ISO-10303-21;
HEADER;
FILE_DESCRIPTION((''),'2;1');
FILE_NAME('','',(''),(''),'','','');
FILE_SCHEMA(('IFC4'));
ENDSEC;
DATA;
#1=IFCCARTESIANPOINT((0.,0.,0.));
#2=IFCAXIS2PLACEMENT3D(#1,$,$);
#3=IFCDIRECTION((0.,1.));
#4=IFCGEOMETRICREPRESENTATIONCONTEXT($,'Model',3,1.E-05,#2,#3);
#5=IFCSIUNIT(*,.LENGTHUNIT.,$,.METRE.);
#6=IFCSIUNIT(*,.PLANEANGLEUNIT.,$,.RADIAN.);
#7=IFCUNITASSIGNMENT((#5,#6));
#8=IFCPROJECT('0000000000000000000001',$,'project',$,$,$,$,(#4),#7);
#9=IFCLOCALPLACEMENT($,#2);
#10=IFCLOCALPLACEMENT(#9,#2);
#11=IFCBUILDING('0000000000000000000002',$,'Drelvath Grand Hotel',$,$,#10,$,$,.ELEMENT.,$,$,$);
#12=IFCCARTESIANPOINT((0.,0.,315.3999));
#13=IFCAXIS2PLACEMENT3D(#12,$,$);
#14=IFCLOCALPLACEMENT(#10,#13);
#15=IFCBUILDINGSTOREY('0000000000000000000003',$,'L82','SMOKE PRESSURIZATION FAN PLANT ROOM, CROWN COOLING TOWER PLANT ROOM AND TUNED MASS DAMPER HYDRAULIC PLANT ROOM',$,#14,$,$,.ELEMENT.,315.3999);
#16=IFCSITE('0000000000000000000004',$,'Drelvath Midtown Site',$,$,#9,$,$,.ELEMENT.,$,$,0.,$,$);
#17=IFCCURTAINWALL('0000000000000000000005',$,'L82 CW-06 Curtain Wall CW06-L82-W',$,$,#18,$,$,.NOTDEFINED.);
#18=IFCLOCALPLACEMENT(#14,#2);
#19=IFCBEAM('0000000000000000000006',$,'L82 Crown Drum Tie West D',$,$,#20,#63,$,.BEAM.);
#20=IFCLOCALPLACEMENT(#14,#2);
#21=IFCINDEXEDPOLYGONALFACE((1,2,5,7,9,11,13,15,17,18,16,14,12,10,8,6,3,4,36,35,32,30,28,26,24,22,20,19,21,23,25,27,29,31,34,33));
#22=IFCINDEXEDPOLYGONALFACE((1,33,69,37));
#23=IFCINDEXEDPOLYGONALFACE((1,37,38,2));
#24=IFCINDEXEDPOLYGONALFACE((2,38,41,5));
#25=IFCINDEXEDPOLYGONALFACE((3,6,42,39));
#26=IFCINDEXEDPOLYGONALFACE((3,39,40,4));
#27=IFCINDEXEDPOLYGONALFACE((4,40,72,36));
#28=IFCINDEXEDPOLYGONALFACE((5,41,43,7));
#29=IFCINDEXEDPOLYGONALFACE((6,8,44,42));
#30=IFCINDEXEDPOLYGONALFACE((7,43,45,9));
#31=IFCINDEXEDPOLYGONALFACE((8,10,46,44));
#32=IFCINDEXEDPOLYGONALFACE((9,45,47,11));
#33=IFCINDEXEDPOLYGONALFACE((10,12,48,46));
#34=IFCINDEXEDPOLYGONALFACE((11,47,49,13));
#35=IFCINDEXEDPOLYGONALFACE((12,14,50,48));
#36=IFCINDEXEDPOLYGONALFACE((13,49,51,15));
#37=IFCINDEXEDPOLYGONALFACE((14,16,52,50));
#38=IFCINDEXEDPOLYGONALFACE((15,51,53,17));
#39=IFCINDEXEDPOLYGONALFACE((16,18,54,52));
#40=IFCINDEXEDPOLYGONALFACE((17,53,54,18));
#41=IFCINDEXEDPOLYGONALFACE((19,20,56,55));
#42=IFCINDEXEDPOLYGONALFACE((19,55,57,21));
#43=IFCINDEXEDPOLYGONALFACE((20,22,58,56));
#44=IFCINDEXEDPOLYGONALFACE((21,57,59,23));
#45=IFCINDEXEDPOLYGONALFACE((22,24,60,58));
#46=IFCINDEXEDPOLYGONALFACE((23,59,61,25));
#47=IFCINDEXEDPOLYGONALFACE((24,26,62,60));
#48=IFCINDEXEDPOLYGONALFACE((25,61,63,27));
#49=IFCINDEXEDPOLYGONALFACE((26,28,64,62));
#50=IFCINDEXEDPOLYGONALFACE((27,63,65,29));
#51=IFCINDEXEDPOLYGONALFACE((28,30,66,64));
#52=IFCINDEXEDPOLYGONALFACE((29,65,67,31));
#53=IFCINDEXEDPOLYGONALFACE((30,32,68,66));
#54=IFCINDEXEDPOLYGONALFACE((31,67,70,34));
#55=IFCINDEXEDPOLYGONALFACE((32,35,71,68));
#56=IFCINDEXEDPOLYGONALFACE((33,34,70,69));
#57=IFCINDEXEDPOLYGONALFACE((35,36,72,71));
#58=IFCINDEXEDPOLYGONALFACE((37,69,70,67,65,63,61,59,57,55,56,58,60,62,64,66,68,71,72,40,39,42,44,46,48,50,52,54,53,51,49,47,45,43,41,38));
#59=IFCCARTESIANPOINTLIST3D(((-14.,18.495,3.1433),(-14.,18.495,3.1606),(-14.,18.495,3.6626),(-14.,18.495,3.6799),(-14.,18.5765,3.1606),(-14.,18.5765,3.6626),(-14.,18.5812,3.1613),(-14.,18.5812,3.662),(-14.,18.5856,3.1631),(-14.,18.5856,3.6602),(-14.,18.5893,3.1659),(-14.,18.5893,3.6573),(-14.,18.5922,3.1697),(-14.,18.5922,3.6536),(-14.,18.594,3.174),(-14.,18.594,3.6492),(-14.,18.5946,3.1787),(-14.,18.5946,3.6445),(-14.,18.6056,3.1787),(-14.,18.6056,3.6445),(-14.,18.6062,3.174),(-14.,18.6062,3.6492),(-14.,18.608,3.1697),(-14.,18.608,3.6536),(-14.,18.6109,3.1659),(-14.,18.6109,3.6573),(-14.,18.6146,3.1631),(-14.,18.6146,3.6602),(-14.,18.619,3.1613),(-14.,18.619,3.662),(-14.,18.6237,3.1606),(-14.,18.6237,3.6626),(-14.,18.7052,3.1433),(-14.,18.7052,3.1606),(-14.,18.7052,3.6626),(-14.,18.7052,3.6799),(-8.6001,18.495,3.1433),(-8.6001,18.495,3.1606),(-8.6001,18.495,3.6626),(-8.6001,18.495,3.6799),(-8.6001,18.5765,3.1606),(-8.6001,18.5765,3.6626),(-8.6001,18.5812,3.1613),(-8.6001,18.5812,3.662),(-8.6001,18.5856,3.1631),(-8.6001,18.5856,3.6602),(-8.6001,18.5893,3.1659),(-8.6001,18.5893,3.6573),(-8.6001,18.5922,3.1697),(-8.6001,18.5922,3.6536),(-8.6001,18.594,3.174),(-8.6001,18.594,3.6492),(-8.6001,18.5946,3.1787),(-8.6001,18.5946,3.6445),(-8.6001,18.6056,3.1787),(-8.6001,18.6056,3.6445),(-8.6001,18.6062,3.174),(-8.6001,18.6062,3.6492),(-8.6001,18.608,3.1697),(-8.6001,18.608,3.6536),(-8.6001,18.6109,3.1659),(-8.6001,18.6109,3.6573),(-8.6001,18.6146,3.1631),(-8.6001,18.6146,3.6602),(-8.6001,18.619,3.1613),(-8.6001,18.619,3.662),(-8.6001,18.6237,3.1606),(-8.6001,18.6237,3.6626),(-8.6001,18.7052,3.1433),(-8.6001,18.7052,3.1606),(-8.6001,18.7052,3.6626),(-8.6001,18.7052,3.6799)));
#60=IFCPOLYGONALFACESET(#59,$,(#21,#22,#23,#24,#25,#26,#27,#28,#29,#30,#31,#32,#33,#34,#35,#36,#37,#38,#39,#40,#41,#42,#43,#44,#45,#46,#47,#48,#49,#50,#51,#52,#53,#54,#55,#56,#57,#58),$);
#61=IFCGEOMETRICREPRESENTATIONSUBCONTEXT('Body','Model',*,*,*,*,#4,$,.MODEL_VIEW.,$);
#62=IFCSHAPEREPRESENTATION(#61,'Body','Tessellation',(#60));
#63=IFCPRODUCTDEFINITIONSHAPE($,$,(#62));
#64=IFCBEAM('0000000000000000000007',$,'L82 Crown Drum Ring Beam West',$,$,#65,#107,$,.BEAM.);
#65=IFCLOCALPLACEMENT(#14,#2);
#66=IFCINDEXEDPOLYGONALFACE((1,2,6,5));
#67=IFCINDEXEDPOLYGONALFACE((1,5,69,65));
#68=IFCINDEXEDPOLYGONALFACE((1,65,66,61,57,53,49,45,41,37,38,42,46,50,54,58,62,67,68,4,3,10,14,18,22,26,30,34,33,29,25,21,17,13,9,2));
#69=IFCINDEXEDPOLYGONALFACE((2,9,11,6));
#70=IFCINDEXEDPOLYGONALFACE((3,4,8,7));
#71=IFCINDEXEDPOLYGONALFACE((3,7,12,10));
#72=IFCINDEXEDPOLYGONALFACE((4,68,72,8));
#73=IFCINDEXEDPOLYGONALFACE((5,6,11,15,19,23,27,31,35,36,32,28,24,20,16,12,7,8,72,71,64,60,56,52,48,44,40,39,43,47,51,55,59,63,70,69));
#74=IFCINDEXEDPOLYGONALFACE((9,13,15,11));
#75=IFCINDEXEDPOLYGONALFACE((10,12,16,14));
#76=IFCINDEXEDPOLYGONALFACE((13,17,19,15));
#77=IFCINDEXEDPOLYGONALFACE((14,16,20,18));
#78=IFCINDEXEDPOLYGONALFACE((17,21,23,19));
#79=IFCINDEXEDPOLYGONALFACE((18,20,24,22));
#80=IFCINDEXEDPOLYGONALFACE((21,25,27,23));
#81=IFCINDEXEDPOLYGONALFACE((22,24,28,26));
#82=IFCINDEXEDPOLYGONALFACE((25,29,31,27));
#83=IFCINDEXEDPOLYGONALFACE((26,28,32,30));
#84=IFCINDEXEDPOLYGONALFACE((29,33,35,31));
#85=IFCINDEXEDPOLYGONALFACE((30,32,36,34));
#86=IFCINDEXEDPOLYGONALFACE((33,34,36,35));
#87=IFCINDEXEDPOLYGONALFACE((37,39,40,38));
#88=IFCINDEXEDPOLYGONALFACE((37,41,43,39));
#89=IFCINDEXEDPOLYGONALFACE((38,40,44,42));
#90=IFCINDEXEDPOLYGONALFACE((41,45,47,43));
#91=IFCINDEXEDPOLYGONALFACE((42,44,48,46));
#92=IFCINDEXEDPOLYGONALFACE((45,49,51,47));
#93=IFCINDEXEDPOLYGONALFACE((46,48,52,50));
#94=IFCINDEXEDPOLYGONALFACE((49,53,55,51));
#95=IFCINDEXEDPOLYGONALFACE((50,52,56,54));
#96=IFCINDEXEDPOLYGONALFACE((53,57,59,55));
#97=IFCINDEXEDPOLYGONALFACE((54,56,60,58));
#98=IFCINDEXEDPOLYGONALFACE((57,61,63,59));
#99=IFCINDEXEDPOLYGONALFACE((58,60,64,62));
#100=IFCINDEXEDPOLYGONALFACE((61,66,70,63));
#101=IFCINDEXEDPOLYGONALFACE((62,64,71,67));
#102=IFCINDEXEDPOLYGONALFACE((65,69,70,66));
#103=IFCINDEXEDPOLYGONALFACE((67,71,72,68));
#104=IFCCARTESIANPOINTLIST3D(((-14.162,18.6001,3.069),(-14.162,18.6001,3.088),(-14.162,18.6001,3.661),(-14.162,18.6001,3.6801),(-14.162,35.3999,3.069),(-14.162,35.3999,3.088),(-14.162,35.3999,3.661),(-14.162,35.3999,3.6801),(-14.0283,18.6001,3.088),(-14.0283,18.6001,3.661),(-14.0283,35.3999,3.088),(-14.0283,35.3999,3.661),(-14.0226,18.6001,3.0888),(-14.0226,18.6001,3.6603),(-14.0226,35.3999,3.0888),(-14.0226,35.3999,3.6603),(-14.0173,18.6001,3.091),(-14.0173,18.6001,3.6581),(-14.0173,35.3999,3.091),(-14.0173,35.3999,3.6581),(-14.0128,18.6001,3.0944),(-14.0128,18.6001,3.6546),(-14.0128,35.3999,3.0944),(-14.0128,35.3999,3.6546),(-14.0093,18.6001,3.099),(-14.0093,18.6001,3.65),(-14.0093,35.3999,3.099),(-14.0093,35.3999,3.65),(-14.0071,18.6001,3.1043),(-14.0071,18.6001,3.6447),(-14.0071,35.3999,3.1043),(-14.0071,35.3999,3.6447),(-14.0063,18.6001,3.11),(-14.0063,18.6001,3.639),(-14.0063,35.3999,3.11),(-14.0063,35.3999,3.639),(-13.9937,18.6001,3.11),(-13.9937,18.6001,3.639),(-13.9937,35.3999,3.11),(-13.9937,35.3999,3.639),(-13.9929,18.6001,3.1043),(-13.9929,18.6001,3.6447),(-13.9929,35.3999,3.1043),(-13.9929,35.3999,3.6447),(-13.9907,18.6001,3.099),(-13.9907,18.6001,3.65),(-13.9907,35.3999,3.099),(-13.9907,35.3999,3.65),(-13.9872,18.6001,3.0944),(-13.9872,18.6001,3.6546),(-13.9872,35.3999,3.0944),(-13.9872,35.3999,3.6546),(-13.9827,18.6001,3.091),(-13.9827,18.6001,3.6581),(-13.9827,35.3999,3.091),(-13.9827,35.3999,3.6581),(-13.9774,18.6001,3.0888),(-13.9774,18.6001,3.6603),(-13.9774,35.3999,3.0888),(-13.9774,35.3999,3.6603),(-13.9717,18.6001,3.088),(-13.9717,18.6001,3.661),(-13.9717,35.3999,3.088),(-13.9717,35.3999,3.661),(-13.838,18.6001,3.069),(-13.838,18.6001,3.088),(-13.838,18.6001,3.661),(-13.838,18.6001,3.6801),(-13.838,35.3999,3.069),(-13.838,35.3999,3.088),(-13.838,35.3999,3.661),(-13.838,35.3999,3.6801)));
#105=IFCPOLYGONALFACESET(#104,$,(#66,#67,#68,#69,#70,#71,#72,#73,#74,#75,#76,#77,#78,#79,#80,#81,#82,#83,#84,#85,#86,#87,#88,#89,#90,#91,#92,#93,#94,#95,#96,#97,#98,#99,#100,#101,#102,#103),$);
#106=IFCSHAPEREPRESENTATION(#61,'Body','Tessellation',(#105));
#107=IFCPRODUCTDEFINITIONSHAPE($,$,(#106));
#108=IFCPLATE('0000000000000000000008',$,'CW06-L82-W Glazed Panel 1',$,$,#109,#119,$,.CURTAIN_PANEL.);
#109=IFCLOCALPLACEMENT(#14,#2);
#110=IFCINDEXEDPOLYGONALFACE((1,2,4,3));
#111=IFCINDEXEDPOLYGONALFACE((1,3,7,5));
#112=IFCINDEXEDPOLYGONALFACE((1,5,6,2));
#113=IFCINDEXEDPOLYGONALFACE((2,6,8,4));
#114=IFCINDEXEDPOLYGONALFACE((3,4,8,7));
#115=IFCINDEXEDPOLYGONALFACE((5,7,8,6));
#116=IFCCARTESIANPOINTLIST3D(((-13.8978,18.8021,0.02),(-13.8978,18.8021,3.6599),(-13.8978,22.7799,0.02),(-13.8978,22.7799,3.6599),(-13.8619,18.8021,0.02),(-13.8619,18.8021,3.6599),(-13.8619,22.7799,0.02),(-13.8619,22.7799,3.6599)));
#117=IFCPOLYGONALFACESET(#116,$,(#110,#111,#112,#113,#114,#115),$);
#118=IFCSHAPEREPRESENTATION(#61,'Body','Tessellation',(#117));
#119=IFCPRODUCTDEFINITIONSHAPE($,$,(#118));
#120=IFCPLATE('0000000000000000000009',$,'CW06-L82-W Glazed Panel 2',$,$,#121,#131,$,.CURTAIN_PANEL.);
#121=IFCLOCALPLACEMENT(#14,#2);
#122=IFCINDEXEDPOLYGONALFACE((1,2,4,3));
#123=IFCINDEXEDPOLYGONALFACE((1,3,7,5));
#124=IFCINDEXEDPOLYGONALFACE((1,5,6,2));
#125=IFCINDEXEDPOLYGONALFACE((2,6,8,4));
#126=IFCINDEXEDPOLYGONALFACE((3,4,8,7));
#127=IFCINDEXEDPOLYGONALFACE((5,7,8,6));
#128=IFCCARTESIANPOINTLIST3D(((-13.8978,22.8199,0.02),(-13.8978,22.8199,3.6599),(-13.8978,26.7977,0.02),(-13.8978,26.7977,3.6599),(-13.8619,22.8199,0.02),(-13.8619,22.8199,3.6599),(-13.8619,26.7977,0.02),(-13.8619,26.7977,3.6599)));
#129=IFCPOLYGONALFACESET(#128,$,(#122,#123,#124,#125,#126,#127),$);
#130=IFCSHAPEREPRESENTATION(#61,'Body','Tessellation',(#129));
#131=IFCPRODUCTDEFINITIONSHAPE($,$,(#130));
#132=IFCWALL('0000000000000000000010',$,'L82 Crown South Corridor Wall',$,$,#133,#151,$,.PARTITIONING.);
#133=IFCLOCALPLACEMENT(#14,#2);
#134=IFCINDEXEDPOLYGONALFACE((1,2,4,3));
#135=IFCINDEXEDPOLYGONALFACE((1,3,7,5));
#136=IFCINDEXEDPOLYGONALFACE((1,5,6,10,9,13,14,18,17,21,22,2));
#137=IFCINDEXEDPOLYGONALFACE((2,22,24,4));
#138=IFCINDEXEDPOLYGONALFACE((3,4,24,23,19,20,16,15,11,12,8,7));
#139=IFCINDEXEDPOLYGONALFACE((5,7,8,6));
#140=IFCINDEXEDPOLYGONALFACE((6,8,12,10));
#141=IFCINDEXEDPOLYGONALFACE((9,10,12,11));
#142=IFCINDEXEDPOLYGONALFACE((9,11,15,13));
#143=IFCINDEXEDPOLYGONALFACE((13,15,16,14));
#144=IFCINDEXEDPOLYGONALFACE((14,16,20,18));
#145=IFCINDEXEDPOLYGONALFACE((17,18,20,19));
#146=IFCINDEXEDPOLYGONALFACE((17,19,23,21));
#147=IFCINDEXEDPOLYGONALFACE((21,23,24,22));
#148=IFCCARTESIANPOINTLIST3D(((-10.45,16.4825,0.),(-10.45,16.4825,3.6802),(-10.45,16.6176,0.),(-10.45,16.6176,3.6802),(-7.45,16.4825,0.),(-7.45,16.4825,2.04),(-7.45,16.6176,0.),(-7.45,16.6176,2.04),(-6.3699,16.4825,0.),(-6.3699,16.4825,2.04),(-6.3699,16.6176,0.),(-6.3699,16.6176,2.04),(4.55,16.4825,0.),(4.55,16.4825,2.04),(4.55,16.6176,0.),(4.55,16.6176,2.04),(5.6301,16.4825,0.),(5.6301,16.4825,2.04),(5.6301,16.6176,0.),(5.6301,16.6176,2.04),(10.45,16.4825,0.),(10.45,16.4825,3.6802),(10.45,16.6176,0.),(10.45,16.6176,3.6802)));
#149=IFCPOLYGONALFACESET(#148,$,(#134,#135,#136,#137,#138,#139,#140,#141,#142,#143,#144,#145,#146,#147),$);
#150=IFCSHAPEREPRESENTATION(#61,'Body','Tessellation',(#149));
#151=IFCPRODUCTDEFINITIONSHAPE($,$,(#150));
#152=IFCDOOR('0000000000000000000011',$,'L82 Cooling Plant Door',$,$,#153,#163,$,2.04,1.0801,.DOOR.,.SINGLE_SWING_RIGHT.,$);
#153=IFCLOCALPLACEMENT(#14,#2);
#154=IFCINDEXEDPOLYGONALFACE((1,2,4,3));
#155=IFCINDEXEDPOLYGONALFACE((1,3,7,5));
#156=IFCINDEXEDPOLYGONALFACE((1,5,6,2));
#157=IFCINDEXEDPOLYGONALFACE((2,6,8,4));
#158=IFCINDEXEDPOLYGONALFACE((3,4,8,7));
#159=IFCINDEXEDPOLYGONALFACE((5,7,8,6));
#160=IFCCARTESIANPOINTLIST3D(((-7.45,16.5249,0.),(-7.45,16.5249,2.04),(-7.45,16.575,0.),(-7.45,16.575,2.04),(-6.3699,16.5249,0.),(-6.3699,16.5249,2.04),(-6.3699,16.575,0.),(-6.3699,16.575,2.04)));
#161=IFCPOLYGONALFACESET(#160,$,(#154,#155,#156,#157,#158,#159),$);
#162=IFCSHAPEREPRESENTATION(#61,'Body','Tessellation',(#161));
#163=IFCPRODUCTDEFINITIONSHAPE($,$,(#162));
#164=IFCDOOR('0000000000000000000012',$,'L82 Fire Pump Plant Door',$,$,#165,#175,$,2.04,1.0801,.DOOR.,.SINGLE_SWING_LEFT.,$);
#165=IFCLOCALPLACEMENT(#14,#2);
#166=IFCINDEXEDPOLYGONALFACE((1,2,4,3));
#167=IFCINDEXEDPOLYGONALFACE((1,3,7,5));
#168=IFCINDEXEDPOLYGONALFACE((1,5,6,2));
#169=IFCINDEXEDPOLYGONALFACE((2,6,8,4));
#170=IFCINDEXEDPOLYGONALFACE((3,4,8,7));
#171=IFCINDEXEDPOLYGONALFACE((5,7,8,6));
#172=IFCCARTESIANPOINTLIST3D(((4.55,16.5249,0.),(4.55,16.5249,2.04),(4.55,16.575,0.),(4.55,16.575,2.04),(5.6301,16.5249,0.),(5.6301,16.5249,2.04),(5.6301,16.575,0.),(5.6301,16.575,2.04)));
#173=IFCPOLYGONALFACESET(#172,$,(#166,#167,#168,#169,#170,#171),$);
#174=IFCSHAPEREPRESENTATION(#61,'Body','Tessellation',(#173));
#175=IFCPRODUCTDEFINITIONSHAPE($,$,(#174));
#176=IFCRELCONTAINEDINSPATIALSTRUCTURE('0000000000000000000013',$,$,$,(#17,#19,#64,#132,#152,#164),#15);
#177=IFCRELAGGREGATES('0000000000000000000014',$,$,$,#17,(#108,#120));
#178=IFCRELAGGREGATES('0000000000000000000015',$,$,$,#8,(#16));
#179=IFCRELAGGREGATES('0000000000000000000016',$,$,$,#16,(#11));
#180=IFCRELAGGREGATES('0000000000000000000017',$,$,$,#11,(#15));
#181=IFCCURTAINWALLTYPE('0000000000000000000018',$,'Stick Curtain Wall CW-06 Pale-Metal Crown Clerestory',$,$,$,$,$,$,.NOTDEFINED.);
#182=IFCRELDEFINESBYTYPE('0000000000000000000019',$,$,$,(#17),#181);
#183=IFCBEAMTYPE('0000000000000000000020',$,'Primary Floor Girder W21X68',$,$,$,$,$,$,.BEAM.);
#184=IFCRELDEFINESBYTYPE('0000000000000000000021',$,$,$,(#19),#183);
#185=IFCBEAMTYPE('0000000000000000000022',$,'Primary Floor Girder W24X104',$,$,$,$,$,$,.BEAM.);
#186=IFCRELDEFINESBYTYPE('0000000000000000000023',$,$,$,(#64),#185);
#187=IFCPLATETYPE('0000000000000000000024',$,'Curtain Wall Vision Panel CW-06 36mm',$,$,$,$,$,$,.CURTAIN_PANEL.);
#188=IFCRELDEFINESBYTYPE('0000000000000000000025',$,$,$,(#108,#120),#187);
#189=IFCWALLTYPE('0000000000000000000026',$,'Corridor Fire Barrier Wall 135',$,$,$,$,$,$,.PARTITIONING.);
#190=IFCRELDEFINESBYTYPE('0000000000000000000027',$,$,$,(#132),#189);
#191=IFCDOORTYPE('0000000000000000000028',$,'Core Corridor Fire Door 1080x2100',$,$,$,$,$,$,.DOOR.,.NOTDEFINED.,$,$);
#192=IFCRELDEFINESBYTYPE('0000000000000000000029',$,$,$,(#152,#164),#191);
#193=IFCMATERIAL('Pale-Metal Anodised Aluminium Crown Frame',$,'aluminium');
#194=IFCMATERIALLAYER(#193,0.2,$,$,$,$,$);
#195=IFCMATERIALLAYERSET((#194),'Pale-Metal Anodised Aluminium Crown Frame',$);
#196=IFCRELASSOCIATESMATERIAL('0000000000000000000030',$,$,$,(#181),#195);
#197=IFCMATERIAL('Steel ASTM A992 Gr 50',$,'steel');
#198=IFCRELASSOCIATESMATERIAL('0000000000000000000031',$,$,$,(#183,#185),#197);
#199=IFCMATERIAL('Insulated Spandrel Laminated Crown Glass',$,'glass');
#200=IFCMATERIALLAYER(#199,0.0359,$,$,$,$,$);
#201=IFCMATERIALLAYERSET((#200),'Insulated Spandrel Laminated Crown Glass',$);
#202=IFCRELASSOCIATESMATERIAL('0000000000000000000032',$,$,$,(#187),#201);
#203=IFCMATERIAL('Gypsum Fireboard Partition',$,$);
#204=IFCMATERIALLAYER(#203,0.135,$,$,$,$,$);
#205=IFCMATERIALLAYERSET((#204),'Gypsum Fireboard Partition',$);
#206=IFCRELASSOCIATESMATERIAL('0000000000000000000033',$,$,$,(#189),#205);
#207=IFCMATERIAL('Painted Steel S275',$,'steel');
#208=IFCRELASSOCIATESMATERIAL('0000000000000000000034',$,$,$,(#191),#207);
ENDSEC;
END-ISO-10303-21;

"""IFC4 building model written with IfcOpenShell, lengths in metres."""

from ifc_helpers import new_model, si_unit, direction, frame, frame_2d, origin, origin_2d, place, context, subcontext, project, spatial, rectangle, i_section, extrude, material, layer, layer_set, material_profile, profile_set, type_object, element, fill, aggregate, save


model = new_model("IFC4")

# Units and contexts
model_context = context("Model", 3, precision=1e-05, world=origin(), true_north=direction((0.0, 1.0)))
body_context = subcontext(model_context, "Body", "Model", "MODEL_VIEW")
ifc_project = project(units=[si_unit("LENGTHUNIT", "METRE"), si_unit("PLANEANGLEUNIT", "RADIAN")], contexts=[model_context])

# Site, building, storey
site_placement = place(None, origin())
site = spatial("IfcSite", under=ifc_project, at=site_placement, Name="Drelvath Midtown Site", CompositionType="ELEMENT", RefElevation=0.0)
building_placement = place(site_placement, origin())
building = spatial("IfcBuilding", under=site, at=building_placement, Name="Drelvath Grand Hotel", CompositionType="ELEMENT")
storey_placement = place(building_placement, frame((0.0, 0.0, 315.3999)))
storey = spatial("IfcBuildingStorey", under=building, at=storey_placement, Name="L82", Description="SMOKE PRESSURIZATION FAN PLANT ROOM, CROWN COOLING TOWER PLANT ROOM AND TUNED MASS DAMPER HYDRAULIC PLANT ROOM", CompositionType="ELEMENT", Elevation=315.3999)

# Curtain wall
ifc_material_1 = material(Name="Pale-Metal Anodised Aluminium Crown Frame", Category="aluminium")
ifc_layer_1 = layer(ifc_material_1, 0.2)
ifc_layer_set_1 = layer_set([ifc_layer_1], Name="Pale-Metal Anodised Aluminium Crown Frame")
curtain_wall_type = type_object("IfcCurtainWallType", Name="Stick Curtain Wall CW-06 Pale-Metal Crown Clerestory", PredefinedType="NOTDEFINED", material=ifc_layer_set_1)
curtain_wall_placement = place(storey_placement, origin())
curtain_wall = element("IfcCurtainWall", 1, at=curtain_wall_placement, inside=storey, type_object=curtain_wall_type, Name="L82 CW-06 Curtain Wall CW06-L82-W", PredefinedType="NOTDEFINED")

# Beams
ifc_material_2 = material(Name="Steel ASTM A992 Gr 50", Category="steel")
ifc_material_profile_1 = material_profile(ifc_material_2, i_section(OverallWidth=0.2102, OverallDepth=0.5366, WebThickness=0.011, FlangeThickness=0.0173, FilletRadius=0.0181, at=origin_2d()), Name="W21X68")
ifc_profile_set_1 = profile_set([ifc_material_profile_1], Name="Steel ASTM A992 Gr 50")
beam_type_1 = type_object("IfcBeamType", Name="Primary Floor Girder W21X68", PredefinedType="BEAM", material=ifc_profile_set_1)
beam_1_placement = place(storey_placement, frame((-14.0, 18.6001, 3.4116), z_axis=(1.0, 0.0, 0.0), x_axis=(0.0, 1.0, 0.0)))
element("IfcBeam", 2, at=beam_1_placement, inside=storey, type_object=beam_type_1, Name="L82 Crown Drum Tie West D", PredefinedType="BEAM", context=body_context, shape_type="SweptSolid", body=[
    extrude(i_section(OverallWidth=0.2102, OverallDepth=0.5366, WebThickness=0.011, FlangeThickness=0.0173, FilletRadius=0.0181, at=origin_2d()), origin(), (0.0, 0.0, 1.0), 5.3999),
])
ifc_material_profile_2 = material_profile(ifc_material_2, i_section(OverallWidth=0.324, OverallDepth=0.6111, WebThickness=0.0127, FlangeThickness=0.019, FilletRadius=0.022, at=origin_2d()), Name="W24X104")
ifc_profile_set_2 = profile_set([ifc_material_profile_2], Name="Steel ASTM A992 Gr 50")
beam_type_2 = type_object("IfcBeamType", Name="Primary Floor Girder W24X104", PredefinedType="BEAM", material=ifc_profile_set_2)
beam_2_placement = place(storey_placement, frame((-14.0, 18.6001, 3.3745), z_axis=(0.0, 1.0, 0.0), x_axis=(-1.0, 0.0, 0.0)))
element("IfcBeam", 3, at=beam_2_placement, inside=storey, type_object=beam_type_2, Name="L82 Crown Drum Ring Beam West", PredefinedType="BEAM", context=body_context, shape_type="SweptSolid", body=[
    extrude(i_section(OverallWidth=0.324, OverallDepth=0.6111, WebThickness=0.0127, FlangeThickness=0.019, FilletRadius=0.022, at=origin_2d()), origin(), (0.0, 0.0, 1.0), 16.7998),
])

# Plates
ifc_material_3 = material(Name="Insulated Spandrel Laminated Crown Glass", Category="glass")
ifc_layer_2 = layer(ifc_material_3, 0.0359)
ifc_layer_set_2 = layer_set([ifc_layer_2], Name="Insulated Spandrel Laminated Crown Glass")
plate_type = type_object("IfcPlateType", Name="Curtain Wall Vision Panel CW-06 36mm", PredefinedType="CURTAIN_PANEL", material=ifc_layer_set_2)
plate_1_placement = place(storey_placement, frame((-13.8799, 20.791, 0.02), z_axis=(0.0, 0.0, 1.0), x_axis=(0.0, 1.0, 0.0)))
plate_1 = element("IfcPlate", 4, at=plate_1_placement, type_object=plate_type, Name="CW06-L82-W Glazed Panel 1", PredefinedType="CURTAIN_PANEL", context=body_context, shape_type="SweptSolid", body=[
    extrude(rectangle(XDim=3.9778, YDim=0.0359, at=origin_2d()), origin(), (0.0, 0.0, 1.0), 3.6399),
])
plate_2_placement = place(storey_placement, frame((-13.8799, 24.8088, 0.02), z_axis=(0.0, 0.0, 1.0), x_axis=(0.0, 1.0, 0.0)))
plate_2 = element("IfcPlate", 5, at=plate_2_placement, type_object=plate_type, Name="CW06-L82-W Glazed Panel 2", PredefinedType="CURTAIN_PANEL", context=body_context, shape_type="SweptSolid", body=[
    extrude(rectangle(XDim=3.9778, YDim=0.0359, at=origin_2d()), origin(), (0.0, 0.0, 1.0), 3.6399),
])
aggregate(curtain_wall, [plate_1, plate_2])

# Wall, openings, doors
ifc_material_4 = material(Name="Gypsum Fireboard Partition")
ifc_layer_3 = layer(ifc_material_4, 0.135)
ifc_layer_set_3 = layer_set([ifc_layer_3], Name="Gypsum Fireboard Partition")
wall_type_1 = type_object("IfcWallType", Name="Corridor Fire Barrier Wall 135", PredefinedType="PARTITIONING", material=ifc_layer_set_3)
wall_1_placement = place(storey_placement, frame((-10.45, 16.55, 0.0), z_axis=(0.0, 0.0, 1.0), x_axis=(1.0, 0.0, 0.0)))
wall_1 = element("IfcWall", 6, at=wall_1_placement, inside=storey, type_object=wall_type_1, Name="L82 Crown South Corridor Wall", PredefinedType="PARTITIONING", context=body_context, shape_type="SweptSolid", body=[
    extrude(rectangle(XDim=20.8999, YDim=0.135, at=frame_2d((10.45, 0.0))), origin(), (0.0, 0.0, 1.0), 3.6802),
])
opening_1_placement = place(wall_1_placement, frame((3.0, 0.0, 0.0)))
opening_1 = element("IfcOpeningElement", 7, at=opening_1_placement, cuts=wall_1, PredefinedType="OPENING", context=body_context, shape_type="SweptSolid", body=[
    extrude(rectangle(XDim=1.0801, YDim=2.04, at=frame_2d((0.54, 1.02))), frame((0.0, 0.0774, 0.0), z_axis=(0.0, -1.0, 0.0), x_axis=(1.0, 0.0, 0.0)), (0.0, 0.0, 1.0), 0.155),
])
opening_2_placement = place(wall_1_placement, frame((15.0, 0.0, 0.0)))
opening_2 = element("IfcOpeningElement", 8, at=opening_2_placement, cuts=wall_1, PredefinedType="OPENING", context=body_context, shape_type="SweptSolid", body=[
    extrude(rectangle(XDim=1.0801, YDim=2.04, at=frame_2d((0.54, 1.02))), frame((0.0, 0.0774, 0.0), z_axis=(0.0, -1.0, 0.0), x_axis=(1.0, 0.0, 0.0)), (0.0, 0.0, 1.0), 0.155),
])
ifc_material_5 = material(Name="Painted Steel S275", Category="steel")
door_type = type_object("IfcDoorType", Name="Core Corridor Fire Door 1080x2100", OperationType="NOTDEFINED", PredefinedType="DOOR", material=ifc_material_5)
door_1_placement = place(opening_1_placement, origin())
door_1 = element("IfcDoor", 9, at=door_1_placement, inside=storey, type_object=door_type, Name="L82 Cooling Plant Door", OperationType="SINGLE_SWING_RIGHT", OverallHeight=2.04, OverallWidth=1.0801, PredefinedType="DOOR", context=body_context, shape_type="SweptSolid", body=[
    extrude(rectangle(XDim=1.0801, YDim=2.04, at=frame_2d((0.54, 1.02))), frame((0.0, 0.0249, 0.0), z_axis=(0.0, -1.0, 0.0), x_axis=(1.0, 0.0, 0.0)), (0.0, 0.0, 1.0), 0.05),
])
fill(opening_1, door_1)
door_2_placement = place(opening_2_placement, origin())
door_2 = element("IfcDoor", 10, at=door_2_placement, inside=storey, type_object=door_type, Name="L82 Fire Pump Plant Door", OperationType="SINGLE_SWING_LEFT", OverallHeight=2.04, OverallWidth=1.0801, PredefinedType="DOOR", context=body_context, shape_type="SweptSolid", body=[
    extrude(rectangle(XDim=1.0801, YDim=2.04, at=frame_2d((0.54, 1.02))), frame((0.0, 0.0249, 0.0), z_axis=(0.0, -1.0, 0.0), x_axis=(1.0, 0.0, 0.0)), (0.0, 0.0, 1.0), 0.05),
])
fill(opening_2, door_2)

save(model, "model.ifc")
